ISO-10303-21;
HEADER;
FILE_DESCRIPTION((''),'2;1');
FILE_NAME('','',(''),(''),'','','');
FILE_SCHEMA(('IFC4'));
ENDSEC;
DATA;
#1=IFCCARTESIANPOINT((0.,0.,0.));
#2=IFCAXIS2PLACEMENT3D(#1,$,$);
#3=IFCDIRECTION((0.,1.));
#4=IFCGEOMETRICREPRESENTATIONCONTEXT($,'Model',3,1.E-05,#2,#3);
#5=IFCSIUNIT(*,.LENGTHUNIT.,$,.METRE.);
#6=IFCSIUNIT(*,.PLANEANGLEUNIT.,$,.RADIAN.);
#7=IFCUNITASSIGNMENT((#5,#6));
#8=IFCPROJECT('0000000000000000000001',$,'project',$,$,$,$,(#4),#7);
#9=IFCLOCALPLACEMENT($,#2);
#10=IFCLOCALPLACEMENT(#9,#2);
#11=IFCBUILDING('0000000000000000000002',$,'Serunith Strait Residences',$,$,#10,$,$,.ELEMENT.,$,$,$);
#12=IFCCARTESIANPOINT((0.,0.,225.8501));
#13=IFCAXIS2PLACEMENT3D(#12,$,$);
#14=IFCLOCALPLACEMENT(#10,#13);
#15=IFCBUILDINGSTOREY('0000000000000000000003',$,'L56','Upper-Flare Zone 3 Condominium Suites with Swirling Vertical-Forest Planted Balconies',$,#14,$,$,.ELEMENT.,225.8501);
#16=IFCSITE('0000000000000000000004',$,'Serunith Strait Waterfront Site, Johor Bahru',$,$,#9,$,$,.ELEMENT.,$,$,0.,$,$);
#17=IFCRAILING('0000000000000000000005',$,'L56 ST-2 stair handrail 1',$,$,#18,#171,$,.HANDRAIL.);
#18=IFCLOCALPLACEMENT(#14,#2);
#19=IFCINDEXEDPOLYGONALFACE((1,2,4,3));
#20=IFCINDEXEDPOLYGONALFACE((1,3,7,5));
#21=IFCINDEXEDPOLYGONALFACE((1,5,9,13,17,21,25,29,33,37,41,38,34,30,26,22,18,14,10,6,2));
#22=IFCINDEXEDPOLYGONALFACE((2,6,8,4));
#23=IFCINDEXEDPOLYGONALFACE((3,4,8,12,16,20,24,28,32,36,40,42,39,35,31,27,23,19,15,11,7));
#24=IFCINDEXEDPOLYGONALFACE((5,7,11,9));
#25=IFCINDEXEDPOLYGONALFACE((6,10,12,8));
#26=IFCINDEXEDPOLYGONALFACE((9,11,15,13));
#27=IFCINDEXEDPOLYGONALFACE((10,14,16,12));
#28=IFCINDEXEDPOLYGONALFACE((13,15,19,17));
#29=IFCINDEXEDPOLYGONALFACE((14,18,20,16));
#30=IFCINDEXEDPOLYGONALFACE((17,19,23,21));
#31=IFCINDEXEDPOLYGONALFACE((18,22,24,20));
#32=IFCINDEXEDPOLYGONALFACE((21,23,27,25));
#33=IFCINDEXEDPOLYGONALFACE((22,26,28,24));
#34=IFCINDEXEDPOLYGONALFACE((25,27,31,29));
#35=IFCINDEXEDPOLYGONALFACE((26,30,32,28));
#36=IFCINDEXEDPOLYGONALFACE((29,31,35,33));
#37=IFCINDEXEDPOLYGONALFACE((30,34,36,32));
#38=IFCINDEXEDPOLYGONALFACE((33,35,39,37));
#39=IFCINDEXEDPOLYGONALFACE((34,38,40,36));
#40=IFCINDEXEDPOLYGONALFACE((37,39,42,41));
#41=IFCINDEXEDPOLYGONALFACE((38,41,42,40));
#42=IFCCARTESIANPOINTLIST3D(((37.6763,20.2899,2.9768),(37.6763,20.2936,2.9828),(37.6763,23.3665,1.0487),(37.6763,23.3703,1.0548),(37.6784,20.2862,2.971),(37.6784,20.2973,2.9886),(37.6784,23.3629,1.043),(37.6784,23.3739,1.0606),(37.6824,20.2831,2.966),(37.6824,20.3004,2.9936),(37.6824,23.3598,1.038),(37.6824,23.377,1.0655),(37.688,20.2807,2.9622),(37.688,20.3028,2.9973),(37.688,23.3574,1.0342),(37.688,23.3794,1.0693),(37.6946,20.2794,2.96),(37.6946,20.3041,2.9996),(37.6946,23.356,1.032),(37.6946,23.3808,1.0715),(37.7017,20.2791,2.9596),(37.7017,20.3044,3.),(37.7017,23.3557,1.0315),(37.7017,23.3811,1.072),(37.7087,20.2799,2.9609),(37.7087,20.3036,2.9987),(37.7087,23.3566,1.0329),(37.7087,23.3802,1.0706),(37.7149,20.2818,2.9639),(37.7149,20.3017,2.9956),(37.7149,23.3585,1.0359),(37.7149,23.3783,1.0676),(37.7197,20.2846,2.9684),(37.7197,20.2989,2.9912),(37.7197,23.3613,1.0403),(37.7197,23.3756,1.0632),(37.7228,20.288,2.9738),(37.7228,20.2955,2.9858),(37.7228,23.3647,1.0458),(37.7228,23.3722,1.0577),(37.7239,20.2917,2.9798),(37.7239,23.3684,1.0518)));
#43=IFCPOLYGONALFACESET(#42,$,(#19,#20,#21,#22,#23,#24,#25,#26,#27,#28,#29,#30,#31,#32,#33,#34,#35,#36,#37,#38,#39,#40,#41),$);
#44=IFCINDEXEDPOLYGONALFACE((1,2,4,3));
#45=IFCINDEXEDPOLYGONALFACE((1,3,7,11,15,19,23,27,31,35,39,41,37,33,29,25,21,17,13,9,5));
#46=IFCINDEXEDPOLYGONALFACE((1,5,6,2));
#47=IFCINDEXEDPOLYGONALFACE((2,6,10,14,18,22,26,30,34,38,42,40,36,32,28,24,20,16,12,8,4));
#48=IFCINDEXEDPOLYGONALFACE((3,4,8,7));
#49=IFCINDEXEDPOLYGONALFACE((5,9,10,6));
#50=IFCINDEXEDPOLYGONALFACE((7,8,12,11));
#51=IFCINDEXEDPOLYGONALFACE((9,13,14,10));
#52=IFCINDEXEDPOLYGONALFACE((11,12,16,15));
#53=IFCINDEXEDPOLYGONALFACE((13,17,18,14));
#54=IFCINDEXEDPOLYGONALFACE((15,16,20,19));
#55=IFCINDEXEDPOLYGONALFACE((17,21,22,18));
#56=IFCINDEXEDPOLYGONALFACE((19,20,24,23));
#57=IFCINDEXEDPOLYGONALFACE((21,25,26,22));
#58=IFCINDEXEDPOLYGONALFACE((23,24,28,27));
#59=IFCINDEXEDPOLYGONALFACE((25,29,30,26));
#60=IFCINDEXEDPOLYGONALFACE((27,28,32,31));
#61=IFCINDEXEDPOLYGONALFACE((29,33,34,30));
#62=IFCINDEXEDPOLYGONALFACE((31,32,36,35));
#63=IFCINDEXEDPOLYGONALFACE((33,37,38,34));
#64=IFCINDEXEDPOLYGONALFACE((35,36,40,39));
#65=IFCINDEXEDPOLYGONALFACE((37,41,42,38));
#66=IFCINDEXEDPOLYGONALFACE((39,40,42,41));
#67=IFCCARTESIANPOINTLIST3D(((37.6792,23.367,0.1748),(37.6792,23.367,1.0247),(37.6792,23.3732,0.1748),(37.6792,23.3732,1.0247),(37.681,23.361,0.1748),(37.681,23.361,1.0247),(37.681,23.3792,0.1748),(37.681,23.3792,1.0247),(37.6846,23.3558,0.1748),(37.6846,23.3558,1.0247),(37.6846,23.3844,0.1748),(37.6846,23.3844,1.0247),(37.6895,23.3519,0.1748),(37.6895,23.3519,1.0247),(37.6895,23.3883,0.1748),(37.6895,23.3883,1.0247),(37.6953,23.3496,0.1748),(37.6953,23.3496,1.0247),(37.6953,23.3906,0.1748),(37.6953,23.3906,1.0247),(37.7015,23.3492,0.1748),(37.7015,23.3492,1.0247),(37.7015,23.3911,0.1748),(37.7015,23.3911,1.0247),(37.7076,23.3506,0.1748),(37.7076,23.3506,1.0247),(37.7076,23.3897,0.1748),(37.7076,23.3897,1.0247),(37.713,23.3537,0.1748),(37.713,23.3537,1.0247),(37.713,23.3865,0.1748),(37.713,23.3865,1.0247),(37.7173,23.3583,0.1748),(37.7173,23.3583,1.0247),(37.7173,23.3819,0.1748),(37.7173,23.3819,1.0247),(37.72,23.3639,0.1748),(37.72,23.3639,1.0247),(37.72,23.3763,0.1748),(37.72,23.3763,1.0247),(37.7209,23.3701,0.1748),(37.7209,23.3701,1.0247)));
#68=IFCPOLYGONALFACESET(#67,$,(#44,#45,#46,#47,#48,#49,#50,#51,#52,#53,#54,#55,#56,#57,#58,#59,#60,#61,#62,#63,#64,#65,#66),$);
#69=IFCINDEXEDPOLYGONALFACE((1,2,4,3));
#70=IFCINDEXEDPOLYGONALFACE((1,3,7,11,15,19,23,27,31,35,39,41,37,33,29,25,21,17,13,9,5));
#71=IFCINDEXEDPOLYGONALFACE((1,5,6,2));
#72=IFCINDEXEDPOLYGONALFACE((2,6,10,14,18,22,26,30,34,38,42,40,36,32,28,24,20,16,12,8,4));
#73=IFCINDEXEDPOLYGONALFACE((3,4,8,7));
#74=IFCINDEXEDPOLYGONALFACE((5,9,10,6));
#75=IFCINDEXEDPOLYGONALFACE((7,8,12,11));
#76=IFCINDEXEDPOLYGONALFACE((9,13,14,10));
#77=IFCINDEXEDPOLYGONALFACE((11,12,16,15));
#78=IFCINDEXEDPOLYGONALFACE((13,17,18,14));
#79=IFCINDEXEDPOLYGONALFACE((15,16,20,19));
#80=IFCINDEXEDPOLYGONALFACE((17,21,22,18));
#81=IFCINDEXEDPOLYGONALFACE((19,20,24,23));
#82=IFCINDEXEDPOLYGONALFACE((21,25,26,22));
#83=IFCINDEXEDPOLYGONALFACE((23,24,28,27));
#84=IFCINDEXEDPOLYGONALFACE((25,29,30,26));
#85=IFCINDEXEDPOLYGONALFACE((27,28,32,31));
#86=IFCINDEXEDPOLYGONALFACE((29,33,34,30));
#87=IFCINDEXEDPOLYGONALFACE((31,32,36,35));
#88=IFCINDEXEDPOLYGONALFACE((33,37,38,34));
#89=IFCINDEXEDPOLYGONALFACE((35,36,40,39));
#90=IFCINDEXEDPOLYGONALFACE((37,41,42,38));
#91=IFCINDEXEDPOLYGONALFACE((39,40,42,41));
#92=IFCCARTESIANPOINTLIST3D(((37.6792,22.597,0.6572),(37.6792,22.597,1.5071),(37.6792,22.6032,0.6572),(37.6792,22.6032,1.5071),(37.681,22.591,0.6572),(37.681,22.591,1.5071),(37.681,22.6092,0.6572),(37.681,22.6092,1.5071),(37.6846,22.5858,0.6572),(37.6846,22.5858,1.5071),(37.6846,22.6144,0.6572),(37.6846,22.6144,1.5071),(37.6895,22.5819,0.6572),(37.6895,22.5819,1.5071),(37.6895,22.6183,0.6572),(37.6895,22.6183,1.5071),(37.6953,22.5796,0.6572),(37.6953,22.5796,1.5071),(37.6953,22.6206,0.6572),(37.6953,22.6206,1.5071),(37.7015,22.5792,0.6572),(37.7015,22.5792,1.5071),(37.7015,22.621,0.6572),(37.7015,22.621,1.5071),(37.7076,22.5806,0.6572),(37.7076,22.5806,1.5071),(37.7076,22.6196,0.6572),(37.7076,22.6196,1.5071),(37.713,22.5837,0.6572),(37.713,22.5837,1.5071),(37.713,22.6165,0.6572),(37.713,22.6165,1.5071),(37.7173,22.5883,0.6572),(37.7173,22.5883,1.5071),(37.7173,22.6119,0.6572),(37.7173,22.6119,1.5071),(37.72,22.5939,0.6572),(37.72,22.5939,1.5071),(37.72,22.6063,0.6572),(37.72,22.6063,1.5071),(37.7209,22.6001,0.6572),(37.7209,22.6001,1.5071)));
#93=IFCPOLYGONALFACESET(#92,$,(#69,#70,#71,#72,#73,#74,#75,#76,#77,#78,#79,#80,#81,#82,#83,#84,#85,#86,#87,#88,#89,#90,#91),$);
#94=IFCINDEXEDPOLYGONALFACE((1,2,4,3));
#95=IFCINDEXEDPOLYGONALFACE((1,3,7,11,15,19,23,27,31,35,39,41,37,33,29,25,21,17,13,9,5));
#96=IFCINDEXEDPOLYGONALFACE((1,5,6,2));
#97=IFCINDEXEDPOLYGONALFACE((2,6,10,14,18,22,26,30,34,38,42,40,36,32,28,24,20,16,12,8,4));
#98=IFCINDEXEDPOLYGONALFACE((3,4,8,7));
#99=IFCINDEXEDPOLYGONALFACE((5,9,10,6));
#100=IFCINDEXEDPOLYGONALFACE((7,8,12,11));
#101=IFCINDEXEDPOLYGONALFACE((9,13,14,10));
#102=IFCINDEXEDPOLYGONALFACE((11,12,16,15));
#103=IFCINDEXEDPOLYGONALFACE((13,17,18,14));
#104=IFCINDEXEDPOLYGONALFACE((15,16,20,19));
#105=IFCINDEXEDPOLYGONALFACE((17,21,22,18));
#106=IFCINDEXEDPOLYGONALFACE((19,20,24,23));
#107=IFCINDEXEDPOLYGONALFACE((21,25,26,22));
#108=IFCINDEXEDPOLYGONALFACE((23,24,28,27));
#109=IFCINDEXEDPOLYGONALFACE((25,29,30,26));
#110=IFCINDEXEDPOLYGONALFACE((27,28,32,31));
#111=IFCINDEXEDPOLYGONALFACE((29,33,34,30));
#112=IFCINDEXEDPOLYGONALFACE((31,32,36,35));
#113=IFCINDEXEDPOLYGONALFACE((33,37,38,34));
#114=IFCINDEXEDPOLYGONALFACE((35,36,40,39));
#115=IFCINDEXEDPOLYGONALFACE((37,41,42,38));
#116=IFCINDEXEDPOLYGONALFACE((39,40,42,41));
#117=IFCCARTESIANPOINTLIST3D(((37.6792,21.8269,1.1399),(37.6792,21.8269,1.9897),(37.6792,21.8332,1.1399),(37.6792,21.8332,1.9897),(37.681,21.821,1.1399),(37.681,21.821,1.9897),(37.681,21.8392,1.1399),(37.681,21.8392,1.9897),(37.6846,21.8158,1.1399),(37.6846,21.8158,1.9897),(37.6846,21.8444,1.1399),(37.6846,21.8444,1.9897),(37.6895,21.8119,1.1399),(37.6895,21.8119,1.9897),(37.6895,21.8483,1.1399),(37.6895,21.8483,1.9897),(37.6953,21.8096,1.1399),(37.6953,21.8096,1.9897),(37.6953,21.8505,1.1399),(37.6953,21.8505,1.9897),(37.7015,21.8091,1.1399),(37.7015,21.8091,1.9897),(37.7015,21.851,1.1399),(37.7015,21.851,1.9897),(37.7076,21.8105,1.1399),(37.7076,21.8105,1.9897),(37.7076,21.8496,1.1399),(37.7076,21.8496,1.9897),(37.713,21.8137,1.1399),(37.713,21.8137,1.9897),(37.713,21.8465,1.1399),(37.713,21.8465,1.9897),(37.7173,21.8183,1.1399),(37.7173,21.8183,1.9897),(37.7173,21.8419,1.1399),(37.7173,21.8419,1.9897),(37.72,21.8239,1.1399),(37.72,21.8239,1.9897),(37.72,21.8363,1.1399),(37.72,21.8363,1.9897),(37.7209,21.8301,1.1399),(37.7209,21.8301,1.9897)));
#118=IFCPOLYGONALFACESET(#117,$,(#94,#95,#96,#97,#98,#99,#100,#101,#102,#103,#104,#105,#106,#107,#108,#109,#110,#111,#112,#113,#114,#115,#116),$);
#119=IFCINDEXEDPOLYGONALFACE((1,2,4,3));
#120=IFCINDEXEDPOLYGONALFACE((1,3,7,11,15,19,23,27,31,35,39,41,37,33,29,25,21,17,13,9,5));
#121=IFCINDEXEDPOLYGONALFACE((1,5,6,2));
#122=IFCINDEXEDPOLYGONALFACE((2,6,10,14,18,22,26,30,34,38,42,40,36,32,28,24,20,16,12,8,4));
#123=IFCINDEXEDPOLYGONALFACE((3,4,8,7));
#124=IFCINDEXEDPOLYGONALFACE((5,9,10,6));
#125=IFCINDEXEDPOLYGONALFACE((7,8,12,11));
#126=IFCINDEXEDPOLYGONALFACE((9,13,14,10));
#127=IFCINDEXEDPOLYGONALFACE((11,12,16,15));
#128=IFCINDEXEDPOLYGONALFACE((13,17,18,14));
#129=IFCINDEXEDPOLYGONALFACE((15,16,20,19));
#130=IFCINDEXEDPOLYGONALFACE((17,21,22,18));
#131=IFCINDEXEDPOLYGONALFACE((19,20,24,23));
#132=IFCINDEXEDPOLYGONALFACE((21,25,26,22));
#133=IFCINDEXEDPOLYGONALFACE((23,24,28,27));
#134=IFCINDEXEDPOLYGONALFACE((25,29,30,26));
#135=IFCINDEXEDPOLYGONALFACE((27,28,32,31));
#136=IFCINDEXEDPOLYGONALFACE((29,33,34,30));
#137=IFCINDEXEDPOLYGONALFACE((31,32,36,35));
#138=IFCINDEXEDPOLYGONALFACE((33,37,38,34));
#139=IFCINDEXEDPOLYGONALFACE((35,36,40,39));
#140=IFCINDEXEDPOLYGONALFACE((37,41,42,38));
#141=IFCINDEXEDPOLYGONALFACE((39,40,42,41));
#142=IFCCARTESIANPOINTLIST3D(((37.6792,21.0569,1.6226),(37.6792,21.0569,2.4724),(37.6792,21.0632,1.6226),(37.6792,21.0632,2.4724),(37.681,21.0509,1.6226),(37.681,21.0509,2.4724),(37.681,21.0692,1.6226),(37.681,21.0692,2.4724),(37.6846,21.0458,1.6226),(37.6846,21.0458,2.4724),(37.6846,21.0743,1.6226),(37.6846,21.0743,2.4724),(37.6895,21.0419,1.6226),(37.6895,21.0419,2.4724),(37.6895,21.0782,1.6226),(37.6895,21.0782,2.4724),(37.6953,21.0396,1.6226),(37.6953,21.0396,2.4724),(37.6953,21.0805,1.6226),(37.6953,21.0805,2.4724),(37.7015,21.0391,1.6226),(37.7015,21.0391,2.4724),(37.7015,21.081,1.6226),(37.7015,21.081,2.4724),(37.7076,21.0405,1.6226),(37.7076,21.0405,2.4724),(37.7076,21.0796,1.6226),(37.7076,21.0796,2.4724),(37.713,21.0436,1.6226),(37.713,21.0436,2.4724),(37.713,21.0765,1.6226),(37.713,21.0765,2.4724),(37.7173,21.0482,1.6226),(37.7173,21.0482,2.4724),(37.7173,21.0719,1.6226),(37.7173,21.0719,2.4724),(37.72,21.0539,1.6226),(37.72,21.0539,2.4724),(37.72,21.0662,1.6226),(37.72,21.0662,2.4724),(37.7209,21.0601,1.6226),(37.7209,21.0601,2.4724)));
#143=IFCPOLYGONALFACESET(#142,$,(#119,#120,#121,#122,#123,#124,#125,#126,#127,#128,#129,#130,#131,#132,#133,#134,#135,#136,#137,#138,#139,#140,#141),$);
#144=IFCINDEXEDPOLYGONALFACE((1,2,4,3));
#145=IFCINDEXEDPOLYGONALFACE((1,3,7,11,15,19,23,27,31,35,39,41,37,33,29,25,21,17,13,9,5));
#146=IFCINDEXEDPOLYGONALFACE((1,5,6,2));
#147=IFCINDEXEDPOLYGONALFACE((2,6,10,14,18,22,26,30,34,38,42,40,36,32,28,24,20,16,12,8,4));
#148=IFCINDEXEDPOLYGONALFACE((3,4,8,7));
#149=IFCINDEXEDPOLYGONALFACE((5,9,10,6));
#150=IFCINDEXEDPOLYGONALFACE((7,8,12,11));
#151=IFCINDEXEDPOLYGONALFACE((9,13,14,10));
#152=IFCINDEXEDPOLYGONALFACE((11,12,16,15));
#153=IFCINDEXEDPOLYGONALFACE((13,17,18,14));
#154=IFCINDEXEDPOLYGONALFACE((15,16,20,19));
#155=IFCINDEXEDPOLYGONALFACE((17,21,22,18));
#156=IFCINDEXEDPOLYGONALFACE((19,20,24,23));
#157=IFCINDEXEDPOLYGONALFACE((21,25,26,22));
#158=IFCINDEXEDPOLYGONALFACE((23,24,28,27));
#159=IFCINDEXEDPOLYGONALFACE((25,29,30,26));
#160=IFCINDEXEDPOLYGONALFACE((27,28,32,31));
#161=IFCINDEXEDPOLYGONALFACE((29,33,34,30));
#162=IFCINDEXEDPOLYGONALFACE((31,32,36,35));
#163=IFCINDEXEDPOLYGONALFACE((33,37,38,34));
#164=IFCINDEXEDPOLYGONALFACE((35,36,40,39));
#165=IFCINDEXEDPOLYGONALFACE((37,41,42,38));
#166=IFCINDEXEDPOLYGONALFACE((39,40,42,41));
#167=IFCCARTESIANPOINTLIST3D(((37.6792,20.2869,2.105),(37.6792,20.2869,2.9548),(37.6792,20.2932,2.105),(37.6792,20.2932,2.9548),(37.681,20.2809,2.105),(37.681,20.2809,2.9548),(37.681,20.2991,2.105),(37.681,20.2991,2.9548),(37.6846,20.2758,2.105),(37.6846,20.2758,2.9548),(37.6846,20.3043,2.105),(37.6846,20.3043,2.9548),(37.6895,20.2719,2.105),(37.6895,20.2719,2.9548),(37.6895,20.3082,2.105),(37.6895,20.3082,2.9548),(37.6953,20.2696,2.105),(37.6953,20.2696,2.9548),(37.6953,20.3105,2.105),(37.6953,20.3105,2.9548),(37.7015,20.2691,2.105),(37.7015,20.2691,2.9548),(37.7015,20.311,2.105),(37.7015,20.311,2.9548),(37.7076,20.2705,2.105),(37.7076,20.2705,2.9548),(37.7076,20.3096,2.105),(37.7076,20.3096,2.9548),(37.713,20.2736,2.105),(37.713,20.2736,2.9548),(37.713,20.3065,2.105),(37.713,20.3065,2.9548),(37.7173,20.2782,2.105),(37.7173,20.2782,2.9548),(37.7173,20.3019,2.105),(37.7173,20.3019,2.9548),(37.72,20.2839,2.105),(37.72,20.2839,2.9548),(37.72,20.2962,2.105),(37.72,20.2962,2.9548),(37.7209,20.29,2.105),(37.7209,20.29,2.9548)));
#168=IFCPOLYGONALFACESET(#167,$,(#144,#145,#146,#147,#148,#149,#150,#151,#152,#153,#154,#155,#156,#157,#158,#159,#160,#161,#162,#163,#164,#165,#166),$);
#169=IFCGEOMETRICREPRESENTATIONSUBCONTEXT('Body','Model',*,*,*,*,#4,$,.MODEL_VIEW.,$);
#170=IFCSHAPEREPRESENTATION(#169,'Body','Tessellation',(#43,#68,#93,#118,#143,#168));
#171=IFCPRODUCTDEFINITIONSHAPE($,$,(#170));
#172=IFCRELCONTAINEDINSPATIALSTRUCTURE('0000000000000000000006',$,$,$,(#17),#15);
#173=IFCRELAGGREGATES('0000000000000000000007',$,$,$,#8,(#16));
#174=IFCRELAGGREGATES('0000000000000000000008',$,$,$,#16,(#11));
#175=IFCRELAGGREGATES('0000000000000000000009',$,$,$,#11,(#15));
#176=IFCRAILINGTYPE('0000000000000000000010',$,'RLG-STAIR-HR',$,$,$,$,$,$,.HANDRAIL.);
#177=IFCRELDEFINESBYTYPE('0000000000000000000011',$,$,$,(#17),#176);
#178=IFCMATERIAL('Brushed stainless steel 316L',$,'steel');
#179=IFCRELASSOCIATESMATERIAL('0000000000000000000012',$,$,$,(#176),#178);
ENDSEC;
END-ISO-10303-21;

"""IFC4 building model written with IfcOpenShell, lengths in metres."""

from ifc_helpers import new_model, si_unit, direction, frame, origin, origin_2d, place, context, subcontext, project, spatial, circle, extrude, material, type_object, element, save


model = new_model("IFC4")

# Units and contexts
model_context = context("Model", 3, precision=1e-05, world=origin(), true_north=direction((0.0, 1.0)))
body_context = subcontext(model_context, "Body", "Model", "MODEL_VIEW")
ifc_project = project(units=[si_unit("LENGTHUNIT", "METRE"), si_unit("PLANEANGLEUNIT", "RADIAN")], contexts=[model_context])

# Site, building, storey
site_placement = place(None, origin())
site = spatial("IfcSite", under=ifc_project, at=site_placement, Name="Serunith Strait Waterfront Site, Johor Bahru", CompositionType="ELEMENT", RefElevation=0.0)
building_placement = place(site_placement, origin())
building = spatial("IfcBuilding", under=site, at=building_placement, Name="Serunith Strait Residences", CompositionType="ELEMENT")
storey_placement = place(building_placement, frame((0.0, 0.0, 225.8501)))
storey = spatial("IfcBuildingStorey", under=building, at=storey_placement, Name="L56", Description="Upper-Flare Zone 3 Condominium Suites with Swirling Vertical-Forest Planted Balconies", CompositionType="ELEMENT", Elevation=225.8501)

# Railing
ifc_material_1 = material(Name="Brushed stainless steel 316L", Category="steel")
railing_type_1 = type_object("IfcRailingType", Name="RLG-STAIR-HR", PredefinedType="HANDRAIL", material=ifc_material_1)
railing_1_placement = place(storey_placement, frame((37.7, 23.3701, 0.1748)))
element("IfcRailing", 1, at=railing_1_placement, inside=storey, type_object=railing_type_1, Name="L56 ST-2 stair handrail 1", PredefinedType="HANDRAIL", context=body_context, shape_type="SweptSolid", body=[
    extrude(circle(Radius=0.0239, at=origin_2d()), frame((0.0, -0.0017, 0.877), z_axis=(0.0, -0.847364, 0.531013), x_axis=(1.0, 0.0, 0.0)), (0.0, 0.0, 1.0), 3.6309),
    extrude(circle(Radius=0.021, at=origin_2d()), origin(), (0.0, 0.0, 1.0), 0.8499),
    extrude(circle(Radius=0.021, at=origin_2d()), frame((0.0, -0.77, 0.4824)), (0.0, 0.0, 1.0), 0.8499),
    extrude(circle(Radius=0.021, at=origin_2d()), frame((0.0, -1.54, 0.9651)), (0.0, 0.0, 1.0), 0.8499),
    extrude(circle(Radius=0.021, at=origin_2d()), frame((0.0, -2.3101, 1.4478)), (0.0, 0.0, 1.0), 0.8499),
    extrude(circle(Radius=0.021, at=origin_2d()), frame((0.0, -3.0801, 1.9302)), (0.0, 0.0, 1.0), 0.8499),
])

save(model, "model.ifc")
